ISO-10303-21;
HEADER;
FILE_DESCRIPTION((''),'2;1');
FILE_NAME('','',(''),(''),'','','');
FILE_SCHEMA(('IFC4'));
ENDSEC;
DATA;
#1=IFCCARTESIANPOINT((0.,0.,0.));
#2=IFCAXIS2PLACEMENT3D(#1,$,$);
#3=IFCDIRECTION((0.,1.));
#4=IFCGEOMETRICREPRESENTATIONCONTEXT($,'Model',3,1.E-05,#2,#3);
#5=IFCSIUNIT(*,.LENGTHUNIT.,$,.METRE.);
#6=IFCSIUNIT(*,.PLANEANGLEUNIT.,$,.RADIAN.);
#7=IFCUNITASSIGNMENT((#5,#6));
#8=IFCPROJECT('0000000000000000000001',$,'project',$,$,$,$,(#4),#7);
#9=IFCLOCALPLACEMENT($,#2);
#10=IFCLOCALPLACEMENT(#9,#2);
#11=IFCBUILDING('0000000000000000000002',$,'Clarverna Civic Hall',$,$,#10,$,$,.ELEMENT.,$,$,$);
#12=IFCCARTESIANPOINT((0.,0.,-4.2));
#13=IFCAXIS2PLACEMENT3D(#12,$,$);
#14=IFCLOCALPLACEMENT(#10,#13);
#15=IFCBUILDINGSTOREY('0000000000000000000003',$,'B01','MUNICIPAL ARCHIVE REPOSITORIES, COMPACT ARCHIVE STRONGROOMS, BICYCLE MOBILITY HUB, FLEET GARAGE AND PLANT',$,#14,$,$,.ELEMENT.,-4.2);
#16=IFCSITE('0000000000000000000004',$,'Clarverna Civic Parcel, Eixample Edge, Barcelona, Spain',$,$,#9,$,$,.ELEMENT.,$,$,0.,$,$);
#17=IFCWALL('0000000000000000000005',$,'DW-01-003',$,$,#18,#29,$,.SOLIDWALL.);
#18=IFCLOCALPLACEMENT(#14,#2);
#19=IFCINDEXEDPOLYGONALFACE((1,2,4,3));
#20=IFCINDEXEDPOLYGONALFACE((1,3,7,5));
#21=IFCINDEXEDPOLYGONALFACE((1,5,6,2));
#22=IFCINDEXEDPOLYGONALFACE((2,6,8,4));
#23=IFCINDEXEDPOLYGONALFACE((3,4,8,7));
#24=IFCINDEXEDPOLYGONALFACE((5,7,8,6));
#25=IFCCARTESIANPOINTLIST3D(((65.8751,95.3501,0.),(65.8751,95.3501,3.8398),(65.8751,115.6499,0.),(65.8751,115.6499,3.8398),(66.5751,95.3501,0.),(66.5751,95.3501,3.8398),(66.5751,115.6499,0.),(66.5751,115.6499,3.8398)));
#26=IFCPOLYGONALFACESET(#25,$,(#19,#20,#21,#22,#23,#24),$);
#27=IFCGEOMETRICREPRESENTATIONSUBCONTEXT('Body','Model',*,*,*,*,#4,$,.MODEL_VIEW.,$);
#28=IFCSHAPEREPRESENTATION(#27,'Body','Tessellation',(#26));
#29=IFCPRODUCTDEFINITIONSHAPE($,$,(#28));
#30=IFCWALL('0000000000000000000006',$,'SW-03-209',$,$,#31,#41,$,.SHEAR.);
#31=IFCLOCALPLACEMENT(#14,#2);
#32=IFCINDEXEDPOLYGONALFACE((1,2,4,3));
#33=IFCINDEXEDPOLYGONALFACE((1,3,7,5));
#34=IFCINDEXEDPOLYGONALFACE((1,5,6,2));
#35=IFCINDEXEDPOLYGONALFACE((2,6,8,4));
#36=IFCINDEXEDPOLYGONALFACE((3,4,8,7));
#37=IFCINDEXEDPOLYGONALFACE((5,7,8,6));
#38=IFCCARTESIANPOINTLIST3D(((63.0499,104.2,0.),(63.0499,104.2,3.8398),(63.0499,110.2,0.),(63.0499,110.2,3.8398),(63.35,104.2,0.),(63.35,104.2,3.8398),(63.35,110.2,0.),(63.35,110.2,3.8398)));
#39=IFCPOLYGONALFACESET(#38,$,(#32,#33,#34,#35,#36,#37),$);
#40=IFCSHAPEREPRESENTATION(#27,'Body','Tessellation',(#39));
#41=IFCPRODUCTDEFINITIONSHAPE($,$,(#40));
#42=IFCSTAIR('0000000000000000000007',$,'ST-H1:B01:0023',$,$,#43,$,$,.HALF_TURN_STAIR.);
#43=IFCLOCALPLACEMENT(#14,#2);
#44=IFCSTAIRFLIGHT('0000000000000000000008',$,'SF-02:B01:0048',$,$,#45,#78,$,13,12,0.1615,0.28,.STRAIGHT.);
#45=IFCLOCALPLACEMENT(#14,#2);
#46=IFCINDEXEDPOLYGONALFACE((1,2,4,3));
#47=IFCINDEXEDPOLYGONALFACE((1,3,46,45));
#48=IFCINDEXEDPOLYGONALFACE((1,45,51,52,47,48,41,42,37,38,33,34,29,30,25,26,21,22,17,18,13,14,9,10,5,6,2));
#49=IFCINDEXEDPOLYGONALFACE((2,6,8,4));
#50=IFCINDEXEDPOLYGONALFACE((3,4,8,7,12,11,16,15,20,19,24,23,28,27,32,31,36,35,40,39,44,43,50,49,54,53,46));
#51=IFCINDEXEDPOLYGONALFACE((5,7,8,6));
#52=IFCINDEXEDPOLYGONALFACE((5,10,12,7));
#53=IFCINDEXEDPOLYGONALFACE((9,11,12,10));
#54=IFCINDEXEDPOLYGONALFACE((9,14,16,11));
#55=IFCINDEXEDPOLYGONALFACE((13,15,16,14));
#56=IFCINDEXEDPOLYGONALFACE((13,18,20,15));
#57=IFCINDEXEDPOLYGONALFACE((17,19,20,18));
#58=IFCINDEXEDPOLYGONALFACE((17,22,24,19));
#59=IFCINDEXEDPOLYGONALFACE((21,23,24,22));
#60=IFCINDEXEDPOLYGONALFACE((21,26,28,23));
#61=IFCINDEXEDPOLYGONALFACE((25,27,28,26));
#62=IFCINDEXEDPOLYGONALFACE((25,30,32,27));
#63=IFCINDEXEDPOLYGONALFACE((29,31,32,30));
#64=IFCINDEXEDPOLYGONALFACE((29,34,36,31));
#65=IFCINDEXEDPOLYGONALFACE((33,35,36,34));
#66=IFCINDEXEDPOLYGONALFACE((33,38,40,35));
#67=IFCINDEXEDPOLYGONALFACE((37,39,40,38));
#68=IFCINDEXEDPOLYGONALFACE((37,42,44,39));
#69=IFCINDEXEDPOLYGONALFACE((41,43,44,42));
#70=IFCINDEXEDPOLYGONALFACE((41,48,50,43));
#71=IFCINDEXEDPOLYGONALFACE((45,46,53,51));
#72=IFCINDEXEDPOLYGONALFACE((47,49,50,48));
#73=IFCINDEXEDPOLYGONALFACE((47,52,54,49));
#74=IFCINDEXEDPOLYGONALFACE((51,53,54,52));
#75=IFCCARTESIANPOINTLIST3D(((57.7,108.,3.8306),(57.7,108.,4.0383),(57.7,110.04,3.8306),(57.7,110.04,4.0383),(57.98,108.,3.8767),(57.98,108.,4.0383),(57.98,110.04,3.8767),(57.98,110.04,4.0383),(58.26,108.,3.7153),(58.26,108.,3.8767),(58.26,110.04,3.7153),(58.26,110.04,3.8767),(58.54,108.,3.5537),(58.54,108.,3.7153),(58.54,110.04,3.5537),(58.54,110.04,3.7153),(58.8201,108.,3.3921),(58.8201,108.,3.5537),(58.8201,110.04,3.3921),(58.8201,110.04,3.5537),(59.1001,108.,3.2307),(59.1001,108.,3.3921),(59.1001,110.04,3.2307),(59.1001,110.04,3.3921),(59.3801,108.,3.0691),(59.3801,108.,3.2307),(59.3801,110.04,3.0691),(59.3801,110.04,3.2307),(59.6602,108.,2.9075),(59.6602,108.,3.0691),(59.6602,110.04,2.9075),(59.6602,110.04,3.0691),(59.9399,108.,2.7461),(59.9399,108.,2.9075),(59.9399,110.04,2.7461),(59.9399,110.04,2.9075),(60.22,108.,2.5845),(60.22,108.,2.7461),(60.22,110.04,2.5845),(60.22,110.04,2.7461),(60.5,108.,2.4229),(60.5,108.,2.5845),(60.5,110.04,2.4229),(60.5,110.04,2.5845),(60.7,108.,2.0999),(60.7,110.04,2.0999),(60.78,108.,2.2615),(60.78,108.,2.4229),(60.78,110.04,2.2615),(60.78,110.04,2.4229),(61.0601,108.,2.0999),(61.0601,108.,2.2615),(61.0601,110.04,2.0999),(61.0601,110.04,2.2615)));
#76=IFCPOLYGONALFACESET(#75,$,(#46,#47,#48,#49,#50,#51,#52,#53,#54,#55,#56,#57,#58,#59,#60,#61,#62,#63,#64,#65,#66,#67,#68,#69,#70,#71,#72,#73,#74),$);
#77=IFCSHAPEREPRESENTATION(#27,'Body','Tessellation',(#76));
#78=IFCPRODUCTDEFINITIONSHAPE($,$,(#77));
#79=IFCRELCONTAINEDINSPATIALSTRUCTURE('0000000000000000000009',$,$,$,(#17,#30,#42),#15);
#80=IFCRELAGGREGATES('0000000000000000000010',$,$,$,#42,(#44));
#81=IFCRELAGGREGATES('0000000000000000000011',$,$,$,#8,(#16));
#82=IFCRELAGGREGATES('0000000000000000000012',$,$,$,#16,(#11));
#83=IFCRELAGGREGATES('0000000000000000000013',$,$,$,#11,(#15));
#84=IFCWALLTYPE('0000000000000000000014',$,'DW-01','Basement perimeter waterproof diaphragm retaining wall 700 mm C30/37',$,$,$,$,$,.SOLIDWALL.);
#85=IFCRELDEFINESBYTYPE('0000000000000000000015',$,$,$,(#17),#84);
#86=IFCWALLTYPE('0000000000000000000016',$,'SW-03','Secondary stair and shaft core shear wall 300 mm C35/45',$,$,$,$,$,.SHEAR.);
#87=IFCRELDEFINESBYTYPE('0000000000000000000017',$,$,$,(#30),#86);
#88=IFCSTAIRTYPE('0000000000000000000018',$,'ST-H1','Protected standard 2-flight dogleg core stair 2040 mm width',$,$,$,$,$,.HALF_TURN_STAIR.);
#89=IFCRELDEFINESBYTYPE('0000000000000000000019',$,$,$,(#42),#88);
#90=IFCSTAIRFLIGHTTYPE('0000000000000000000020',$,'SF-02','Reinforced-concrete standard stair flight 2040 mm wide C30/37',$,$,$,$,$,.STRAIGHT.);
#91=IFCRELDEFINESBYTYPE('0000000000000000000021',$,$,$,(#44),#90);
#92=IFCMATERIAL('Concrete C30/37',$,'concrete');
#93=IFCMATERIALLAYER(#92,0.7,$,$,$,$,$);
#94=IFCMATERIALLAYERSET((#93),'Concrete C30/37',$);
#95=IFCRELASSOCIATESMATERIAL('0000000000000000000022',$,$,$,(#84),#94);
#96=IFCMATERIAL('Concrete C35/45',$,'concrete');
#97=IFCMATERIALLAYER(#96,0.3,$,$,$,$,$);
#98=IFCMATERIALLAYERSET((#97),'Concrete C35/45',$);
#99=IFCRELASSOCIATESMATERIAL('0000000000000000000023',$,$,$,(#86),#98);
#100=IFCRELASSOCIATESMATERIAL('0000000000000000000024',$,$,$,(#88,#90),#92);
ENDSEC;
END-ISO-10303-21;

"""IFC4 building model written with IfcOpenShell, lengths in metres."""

from ifc_helpers import new_model, si_unit, direction, frame, frame_2d, origin, place, context, subcontext, project, spatial, polyline, rectangle, outline, extrude, material, layer, layer_set, type_object, element, aggregate, save


model = new_model("IFC4")

# Units and contexts
model_context = context("Model", 3, precision=1e-05, world=origin(), true_north=direction((0.0, 1.0)))
body_context = subcontext(model_context, "Body", "Model", "MODEL_VIEW")
ifc_project = project(units=[si_unit("LENGTHUNIT", "METRE"), si_unit("PLANEANGLEUNIT", "RADIAN")], contexts=[model_context])

# Site, building, storey
site_placement = place(None, origin())
site = spatial("IfcSite", under=ifc_project, at=site_placement, Name="Clarverna Civic Parcel, Eixample Edge, Barcelona, Spain", CompositionType="ELEMENT", RefElevation=0.0)
building_placement = place(site_placement, origin())
building = spatial("IfcBuilding", under=site, at=building_placement, Name="Clarverna Civic Hall", CompositionType="ELEMENT")
storey_placement = place(building_placement, frame((0.0, 0.0, -4.2)))
storey = spatial("IfcBuildingStorey", under=building, at=storey_placement, Name="B01", Description="MUNICIPAL ARCHIVE REPOSITORIES, COMPACT ARCHIVE STRONGROOMS, BICYCLE MOBILITY HUB, FLEET GARAGE AND PLANT", CompositionType="ELEMENT", Elevation=-4.2)

# Shared definitions
ifc_material_1 = material(Name="Concrete C30/37", Category="concrete")

# Shared definitions
ifc_material_2 = material(Name="Concrete C35/45", Category="concrete")

# Walls
ifc_layer_1 = layer(ifc_material_1, 0.7)
ifc_layer_set_1 = layer_set([ifc_layer_1], Name="Concrete C30/37")
wall_type_1 = type_object("IfcWallType", Name="DW-01", Description="Basement perimeter waterproof diaphragm retaining wall 700 mm C30/37", PredefinedType="SOLIDWALL", material=ifc_layer_set_1)
wall_1_placement = place(storey_placement, frame((66.2251, 115.6499, 0.0), z_axis=(0.0, 0.0, 1.0), x_axis=(0.0, -1.0, 0.0)))
element("IfcWall", 1, at=wall_1_placement, inside=storey, type_object=wall_type_1, Name="DW-01-003", PredefinedType="SOLIDWALL", context=body_context, shape_type="SweptSolid", body=[
    extrude(rectangle(XDim=20.2998, YDim=0.7, at=frame_2d((10.1499, 0.0))), origin(), (0.0, 0.0, 1.0), 3.8398),
])
ifc_layer_2 = layer(ifc_material_2, 0.3)
ifc_layer_set_2 = layer_set([ifc_layer_2], Name="Concrete C35/45")
wall_type_2 = type_object("IfcWallType", Name="SW-03", Description="Secondary stair and shaft core shear wall 300 mm C35/45", PredefinedType="SHEAR", material=ifc_layer_set_2)
wall_2_placement = place(storey_placement, frame((63.2, 104.2, 0.0), z_axis=(0.0, 0.0, 1.0), x_axis=(0.0, 1.0, 0.0)))
element("IfcWall", 2, at=wall_2_placement, inside=storey, type_object=wall_type_2, Name="SW-03-209", PredefinedType="SHEAR", context=body_context, shape_type="SweptSolid", body=[
    extrude(rectangle(XDim=6.0, YDim=0.3, at=frame_2d((3.0, 0.0))), origin(), (0.0, 0.0, 1.0), 3.8398),
])

# Stair, stair flight
stair_type = type_object("IfcStairType", Name="ST-H1", Description="Protected standard 2-flight dogleg core stair 2040 mm width", PredefinedType="HALF_TURN_STAIR", material=ifc_material_1)
stair_placement = place(storey_placement, origin())
stair = element("IfcStair", 3, at=stair_placement, inside=storey, type_object=stair_type, Name="ST-H1:B01:0023", PredefinedType="HALF_TURN_STAIR")
stair_flight_type = type_object("IfcStairFlightType", Name="SF-02", Description="Reinforced-concrete standard stair flight 2040 mm wide C30/37", PredefinedType="STRAIGHT", material=ifc_material_1)
stair_flight_placement = place(storey_placement, frame((61.0601, 109.02, 2.0999), z_axis=(0.0, 0.0, 1.0), x_axis=(-1.0, 0.0, 0.0)))
stair_flight = element("IfcStairFlight", 4, at=stair_flight_placement, type_object=stair_flight_type, Name="SF-02:B01:0048", NumberOfRisers=13, NumberOfTreads=12, PredefinedType="STRAIGHT", RiserHeight=0.1615, TreadLength=0.28, context=body_context, shape_type="SweptSolid", body=[
    extrude(outline(polyline([(0.0, 0.0), (0.0, 0.1616), (0.28, 0.1616), (0.28, 0.323), (0.5601, 0.323), (0.5601, 0.4846), (0.8401, 0.4846), (0.8401, 0.6462), (1.1201, 0.6462), (1.1201, 0.8076), (1.3999, 0.8076), (1.3999, 0.9692), (1.6799, 0.9692), (1.6799, 1.1309), (1.96, 1.1309), (1.96, 1.2922), (2.24, 1.2922), (2.24, 1.4539), (2.52, 1.4539), (2.52, 1.6155), (2.8, 1.6155), (2.8, 1.7769), (3.0801, 1.7769), (3.0801, 1.9385), (3.3601, 1.9385), (3.3601, 2.1001), (3.3601, 1.7307), (0.3601, 0.0), (0.0, 0.0)])), frame((0.0, 1.02, 0.0), z_axis=(0.0, -1.0, 0.0), x_axis=(1.0, 0.0, 0.0)), (0.0, 0.0, 1.0), 2.04),
])
aggregate(stair, [stair_flight])

save(model, "model.ifc")
